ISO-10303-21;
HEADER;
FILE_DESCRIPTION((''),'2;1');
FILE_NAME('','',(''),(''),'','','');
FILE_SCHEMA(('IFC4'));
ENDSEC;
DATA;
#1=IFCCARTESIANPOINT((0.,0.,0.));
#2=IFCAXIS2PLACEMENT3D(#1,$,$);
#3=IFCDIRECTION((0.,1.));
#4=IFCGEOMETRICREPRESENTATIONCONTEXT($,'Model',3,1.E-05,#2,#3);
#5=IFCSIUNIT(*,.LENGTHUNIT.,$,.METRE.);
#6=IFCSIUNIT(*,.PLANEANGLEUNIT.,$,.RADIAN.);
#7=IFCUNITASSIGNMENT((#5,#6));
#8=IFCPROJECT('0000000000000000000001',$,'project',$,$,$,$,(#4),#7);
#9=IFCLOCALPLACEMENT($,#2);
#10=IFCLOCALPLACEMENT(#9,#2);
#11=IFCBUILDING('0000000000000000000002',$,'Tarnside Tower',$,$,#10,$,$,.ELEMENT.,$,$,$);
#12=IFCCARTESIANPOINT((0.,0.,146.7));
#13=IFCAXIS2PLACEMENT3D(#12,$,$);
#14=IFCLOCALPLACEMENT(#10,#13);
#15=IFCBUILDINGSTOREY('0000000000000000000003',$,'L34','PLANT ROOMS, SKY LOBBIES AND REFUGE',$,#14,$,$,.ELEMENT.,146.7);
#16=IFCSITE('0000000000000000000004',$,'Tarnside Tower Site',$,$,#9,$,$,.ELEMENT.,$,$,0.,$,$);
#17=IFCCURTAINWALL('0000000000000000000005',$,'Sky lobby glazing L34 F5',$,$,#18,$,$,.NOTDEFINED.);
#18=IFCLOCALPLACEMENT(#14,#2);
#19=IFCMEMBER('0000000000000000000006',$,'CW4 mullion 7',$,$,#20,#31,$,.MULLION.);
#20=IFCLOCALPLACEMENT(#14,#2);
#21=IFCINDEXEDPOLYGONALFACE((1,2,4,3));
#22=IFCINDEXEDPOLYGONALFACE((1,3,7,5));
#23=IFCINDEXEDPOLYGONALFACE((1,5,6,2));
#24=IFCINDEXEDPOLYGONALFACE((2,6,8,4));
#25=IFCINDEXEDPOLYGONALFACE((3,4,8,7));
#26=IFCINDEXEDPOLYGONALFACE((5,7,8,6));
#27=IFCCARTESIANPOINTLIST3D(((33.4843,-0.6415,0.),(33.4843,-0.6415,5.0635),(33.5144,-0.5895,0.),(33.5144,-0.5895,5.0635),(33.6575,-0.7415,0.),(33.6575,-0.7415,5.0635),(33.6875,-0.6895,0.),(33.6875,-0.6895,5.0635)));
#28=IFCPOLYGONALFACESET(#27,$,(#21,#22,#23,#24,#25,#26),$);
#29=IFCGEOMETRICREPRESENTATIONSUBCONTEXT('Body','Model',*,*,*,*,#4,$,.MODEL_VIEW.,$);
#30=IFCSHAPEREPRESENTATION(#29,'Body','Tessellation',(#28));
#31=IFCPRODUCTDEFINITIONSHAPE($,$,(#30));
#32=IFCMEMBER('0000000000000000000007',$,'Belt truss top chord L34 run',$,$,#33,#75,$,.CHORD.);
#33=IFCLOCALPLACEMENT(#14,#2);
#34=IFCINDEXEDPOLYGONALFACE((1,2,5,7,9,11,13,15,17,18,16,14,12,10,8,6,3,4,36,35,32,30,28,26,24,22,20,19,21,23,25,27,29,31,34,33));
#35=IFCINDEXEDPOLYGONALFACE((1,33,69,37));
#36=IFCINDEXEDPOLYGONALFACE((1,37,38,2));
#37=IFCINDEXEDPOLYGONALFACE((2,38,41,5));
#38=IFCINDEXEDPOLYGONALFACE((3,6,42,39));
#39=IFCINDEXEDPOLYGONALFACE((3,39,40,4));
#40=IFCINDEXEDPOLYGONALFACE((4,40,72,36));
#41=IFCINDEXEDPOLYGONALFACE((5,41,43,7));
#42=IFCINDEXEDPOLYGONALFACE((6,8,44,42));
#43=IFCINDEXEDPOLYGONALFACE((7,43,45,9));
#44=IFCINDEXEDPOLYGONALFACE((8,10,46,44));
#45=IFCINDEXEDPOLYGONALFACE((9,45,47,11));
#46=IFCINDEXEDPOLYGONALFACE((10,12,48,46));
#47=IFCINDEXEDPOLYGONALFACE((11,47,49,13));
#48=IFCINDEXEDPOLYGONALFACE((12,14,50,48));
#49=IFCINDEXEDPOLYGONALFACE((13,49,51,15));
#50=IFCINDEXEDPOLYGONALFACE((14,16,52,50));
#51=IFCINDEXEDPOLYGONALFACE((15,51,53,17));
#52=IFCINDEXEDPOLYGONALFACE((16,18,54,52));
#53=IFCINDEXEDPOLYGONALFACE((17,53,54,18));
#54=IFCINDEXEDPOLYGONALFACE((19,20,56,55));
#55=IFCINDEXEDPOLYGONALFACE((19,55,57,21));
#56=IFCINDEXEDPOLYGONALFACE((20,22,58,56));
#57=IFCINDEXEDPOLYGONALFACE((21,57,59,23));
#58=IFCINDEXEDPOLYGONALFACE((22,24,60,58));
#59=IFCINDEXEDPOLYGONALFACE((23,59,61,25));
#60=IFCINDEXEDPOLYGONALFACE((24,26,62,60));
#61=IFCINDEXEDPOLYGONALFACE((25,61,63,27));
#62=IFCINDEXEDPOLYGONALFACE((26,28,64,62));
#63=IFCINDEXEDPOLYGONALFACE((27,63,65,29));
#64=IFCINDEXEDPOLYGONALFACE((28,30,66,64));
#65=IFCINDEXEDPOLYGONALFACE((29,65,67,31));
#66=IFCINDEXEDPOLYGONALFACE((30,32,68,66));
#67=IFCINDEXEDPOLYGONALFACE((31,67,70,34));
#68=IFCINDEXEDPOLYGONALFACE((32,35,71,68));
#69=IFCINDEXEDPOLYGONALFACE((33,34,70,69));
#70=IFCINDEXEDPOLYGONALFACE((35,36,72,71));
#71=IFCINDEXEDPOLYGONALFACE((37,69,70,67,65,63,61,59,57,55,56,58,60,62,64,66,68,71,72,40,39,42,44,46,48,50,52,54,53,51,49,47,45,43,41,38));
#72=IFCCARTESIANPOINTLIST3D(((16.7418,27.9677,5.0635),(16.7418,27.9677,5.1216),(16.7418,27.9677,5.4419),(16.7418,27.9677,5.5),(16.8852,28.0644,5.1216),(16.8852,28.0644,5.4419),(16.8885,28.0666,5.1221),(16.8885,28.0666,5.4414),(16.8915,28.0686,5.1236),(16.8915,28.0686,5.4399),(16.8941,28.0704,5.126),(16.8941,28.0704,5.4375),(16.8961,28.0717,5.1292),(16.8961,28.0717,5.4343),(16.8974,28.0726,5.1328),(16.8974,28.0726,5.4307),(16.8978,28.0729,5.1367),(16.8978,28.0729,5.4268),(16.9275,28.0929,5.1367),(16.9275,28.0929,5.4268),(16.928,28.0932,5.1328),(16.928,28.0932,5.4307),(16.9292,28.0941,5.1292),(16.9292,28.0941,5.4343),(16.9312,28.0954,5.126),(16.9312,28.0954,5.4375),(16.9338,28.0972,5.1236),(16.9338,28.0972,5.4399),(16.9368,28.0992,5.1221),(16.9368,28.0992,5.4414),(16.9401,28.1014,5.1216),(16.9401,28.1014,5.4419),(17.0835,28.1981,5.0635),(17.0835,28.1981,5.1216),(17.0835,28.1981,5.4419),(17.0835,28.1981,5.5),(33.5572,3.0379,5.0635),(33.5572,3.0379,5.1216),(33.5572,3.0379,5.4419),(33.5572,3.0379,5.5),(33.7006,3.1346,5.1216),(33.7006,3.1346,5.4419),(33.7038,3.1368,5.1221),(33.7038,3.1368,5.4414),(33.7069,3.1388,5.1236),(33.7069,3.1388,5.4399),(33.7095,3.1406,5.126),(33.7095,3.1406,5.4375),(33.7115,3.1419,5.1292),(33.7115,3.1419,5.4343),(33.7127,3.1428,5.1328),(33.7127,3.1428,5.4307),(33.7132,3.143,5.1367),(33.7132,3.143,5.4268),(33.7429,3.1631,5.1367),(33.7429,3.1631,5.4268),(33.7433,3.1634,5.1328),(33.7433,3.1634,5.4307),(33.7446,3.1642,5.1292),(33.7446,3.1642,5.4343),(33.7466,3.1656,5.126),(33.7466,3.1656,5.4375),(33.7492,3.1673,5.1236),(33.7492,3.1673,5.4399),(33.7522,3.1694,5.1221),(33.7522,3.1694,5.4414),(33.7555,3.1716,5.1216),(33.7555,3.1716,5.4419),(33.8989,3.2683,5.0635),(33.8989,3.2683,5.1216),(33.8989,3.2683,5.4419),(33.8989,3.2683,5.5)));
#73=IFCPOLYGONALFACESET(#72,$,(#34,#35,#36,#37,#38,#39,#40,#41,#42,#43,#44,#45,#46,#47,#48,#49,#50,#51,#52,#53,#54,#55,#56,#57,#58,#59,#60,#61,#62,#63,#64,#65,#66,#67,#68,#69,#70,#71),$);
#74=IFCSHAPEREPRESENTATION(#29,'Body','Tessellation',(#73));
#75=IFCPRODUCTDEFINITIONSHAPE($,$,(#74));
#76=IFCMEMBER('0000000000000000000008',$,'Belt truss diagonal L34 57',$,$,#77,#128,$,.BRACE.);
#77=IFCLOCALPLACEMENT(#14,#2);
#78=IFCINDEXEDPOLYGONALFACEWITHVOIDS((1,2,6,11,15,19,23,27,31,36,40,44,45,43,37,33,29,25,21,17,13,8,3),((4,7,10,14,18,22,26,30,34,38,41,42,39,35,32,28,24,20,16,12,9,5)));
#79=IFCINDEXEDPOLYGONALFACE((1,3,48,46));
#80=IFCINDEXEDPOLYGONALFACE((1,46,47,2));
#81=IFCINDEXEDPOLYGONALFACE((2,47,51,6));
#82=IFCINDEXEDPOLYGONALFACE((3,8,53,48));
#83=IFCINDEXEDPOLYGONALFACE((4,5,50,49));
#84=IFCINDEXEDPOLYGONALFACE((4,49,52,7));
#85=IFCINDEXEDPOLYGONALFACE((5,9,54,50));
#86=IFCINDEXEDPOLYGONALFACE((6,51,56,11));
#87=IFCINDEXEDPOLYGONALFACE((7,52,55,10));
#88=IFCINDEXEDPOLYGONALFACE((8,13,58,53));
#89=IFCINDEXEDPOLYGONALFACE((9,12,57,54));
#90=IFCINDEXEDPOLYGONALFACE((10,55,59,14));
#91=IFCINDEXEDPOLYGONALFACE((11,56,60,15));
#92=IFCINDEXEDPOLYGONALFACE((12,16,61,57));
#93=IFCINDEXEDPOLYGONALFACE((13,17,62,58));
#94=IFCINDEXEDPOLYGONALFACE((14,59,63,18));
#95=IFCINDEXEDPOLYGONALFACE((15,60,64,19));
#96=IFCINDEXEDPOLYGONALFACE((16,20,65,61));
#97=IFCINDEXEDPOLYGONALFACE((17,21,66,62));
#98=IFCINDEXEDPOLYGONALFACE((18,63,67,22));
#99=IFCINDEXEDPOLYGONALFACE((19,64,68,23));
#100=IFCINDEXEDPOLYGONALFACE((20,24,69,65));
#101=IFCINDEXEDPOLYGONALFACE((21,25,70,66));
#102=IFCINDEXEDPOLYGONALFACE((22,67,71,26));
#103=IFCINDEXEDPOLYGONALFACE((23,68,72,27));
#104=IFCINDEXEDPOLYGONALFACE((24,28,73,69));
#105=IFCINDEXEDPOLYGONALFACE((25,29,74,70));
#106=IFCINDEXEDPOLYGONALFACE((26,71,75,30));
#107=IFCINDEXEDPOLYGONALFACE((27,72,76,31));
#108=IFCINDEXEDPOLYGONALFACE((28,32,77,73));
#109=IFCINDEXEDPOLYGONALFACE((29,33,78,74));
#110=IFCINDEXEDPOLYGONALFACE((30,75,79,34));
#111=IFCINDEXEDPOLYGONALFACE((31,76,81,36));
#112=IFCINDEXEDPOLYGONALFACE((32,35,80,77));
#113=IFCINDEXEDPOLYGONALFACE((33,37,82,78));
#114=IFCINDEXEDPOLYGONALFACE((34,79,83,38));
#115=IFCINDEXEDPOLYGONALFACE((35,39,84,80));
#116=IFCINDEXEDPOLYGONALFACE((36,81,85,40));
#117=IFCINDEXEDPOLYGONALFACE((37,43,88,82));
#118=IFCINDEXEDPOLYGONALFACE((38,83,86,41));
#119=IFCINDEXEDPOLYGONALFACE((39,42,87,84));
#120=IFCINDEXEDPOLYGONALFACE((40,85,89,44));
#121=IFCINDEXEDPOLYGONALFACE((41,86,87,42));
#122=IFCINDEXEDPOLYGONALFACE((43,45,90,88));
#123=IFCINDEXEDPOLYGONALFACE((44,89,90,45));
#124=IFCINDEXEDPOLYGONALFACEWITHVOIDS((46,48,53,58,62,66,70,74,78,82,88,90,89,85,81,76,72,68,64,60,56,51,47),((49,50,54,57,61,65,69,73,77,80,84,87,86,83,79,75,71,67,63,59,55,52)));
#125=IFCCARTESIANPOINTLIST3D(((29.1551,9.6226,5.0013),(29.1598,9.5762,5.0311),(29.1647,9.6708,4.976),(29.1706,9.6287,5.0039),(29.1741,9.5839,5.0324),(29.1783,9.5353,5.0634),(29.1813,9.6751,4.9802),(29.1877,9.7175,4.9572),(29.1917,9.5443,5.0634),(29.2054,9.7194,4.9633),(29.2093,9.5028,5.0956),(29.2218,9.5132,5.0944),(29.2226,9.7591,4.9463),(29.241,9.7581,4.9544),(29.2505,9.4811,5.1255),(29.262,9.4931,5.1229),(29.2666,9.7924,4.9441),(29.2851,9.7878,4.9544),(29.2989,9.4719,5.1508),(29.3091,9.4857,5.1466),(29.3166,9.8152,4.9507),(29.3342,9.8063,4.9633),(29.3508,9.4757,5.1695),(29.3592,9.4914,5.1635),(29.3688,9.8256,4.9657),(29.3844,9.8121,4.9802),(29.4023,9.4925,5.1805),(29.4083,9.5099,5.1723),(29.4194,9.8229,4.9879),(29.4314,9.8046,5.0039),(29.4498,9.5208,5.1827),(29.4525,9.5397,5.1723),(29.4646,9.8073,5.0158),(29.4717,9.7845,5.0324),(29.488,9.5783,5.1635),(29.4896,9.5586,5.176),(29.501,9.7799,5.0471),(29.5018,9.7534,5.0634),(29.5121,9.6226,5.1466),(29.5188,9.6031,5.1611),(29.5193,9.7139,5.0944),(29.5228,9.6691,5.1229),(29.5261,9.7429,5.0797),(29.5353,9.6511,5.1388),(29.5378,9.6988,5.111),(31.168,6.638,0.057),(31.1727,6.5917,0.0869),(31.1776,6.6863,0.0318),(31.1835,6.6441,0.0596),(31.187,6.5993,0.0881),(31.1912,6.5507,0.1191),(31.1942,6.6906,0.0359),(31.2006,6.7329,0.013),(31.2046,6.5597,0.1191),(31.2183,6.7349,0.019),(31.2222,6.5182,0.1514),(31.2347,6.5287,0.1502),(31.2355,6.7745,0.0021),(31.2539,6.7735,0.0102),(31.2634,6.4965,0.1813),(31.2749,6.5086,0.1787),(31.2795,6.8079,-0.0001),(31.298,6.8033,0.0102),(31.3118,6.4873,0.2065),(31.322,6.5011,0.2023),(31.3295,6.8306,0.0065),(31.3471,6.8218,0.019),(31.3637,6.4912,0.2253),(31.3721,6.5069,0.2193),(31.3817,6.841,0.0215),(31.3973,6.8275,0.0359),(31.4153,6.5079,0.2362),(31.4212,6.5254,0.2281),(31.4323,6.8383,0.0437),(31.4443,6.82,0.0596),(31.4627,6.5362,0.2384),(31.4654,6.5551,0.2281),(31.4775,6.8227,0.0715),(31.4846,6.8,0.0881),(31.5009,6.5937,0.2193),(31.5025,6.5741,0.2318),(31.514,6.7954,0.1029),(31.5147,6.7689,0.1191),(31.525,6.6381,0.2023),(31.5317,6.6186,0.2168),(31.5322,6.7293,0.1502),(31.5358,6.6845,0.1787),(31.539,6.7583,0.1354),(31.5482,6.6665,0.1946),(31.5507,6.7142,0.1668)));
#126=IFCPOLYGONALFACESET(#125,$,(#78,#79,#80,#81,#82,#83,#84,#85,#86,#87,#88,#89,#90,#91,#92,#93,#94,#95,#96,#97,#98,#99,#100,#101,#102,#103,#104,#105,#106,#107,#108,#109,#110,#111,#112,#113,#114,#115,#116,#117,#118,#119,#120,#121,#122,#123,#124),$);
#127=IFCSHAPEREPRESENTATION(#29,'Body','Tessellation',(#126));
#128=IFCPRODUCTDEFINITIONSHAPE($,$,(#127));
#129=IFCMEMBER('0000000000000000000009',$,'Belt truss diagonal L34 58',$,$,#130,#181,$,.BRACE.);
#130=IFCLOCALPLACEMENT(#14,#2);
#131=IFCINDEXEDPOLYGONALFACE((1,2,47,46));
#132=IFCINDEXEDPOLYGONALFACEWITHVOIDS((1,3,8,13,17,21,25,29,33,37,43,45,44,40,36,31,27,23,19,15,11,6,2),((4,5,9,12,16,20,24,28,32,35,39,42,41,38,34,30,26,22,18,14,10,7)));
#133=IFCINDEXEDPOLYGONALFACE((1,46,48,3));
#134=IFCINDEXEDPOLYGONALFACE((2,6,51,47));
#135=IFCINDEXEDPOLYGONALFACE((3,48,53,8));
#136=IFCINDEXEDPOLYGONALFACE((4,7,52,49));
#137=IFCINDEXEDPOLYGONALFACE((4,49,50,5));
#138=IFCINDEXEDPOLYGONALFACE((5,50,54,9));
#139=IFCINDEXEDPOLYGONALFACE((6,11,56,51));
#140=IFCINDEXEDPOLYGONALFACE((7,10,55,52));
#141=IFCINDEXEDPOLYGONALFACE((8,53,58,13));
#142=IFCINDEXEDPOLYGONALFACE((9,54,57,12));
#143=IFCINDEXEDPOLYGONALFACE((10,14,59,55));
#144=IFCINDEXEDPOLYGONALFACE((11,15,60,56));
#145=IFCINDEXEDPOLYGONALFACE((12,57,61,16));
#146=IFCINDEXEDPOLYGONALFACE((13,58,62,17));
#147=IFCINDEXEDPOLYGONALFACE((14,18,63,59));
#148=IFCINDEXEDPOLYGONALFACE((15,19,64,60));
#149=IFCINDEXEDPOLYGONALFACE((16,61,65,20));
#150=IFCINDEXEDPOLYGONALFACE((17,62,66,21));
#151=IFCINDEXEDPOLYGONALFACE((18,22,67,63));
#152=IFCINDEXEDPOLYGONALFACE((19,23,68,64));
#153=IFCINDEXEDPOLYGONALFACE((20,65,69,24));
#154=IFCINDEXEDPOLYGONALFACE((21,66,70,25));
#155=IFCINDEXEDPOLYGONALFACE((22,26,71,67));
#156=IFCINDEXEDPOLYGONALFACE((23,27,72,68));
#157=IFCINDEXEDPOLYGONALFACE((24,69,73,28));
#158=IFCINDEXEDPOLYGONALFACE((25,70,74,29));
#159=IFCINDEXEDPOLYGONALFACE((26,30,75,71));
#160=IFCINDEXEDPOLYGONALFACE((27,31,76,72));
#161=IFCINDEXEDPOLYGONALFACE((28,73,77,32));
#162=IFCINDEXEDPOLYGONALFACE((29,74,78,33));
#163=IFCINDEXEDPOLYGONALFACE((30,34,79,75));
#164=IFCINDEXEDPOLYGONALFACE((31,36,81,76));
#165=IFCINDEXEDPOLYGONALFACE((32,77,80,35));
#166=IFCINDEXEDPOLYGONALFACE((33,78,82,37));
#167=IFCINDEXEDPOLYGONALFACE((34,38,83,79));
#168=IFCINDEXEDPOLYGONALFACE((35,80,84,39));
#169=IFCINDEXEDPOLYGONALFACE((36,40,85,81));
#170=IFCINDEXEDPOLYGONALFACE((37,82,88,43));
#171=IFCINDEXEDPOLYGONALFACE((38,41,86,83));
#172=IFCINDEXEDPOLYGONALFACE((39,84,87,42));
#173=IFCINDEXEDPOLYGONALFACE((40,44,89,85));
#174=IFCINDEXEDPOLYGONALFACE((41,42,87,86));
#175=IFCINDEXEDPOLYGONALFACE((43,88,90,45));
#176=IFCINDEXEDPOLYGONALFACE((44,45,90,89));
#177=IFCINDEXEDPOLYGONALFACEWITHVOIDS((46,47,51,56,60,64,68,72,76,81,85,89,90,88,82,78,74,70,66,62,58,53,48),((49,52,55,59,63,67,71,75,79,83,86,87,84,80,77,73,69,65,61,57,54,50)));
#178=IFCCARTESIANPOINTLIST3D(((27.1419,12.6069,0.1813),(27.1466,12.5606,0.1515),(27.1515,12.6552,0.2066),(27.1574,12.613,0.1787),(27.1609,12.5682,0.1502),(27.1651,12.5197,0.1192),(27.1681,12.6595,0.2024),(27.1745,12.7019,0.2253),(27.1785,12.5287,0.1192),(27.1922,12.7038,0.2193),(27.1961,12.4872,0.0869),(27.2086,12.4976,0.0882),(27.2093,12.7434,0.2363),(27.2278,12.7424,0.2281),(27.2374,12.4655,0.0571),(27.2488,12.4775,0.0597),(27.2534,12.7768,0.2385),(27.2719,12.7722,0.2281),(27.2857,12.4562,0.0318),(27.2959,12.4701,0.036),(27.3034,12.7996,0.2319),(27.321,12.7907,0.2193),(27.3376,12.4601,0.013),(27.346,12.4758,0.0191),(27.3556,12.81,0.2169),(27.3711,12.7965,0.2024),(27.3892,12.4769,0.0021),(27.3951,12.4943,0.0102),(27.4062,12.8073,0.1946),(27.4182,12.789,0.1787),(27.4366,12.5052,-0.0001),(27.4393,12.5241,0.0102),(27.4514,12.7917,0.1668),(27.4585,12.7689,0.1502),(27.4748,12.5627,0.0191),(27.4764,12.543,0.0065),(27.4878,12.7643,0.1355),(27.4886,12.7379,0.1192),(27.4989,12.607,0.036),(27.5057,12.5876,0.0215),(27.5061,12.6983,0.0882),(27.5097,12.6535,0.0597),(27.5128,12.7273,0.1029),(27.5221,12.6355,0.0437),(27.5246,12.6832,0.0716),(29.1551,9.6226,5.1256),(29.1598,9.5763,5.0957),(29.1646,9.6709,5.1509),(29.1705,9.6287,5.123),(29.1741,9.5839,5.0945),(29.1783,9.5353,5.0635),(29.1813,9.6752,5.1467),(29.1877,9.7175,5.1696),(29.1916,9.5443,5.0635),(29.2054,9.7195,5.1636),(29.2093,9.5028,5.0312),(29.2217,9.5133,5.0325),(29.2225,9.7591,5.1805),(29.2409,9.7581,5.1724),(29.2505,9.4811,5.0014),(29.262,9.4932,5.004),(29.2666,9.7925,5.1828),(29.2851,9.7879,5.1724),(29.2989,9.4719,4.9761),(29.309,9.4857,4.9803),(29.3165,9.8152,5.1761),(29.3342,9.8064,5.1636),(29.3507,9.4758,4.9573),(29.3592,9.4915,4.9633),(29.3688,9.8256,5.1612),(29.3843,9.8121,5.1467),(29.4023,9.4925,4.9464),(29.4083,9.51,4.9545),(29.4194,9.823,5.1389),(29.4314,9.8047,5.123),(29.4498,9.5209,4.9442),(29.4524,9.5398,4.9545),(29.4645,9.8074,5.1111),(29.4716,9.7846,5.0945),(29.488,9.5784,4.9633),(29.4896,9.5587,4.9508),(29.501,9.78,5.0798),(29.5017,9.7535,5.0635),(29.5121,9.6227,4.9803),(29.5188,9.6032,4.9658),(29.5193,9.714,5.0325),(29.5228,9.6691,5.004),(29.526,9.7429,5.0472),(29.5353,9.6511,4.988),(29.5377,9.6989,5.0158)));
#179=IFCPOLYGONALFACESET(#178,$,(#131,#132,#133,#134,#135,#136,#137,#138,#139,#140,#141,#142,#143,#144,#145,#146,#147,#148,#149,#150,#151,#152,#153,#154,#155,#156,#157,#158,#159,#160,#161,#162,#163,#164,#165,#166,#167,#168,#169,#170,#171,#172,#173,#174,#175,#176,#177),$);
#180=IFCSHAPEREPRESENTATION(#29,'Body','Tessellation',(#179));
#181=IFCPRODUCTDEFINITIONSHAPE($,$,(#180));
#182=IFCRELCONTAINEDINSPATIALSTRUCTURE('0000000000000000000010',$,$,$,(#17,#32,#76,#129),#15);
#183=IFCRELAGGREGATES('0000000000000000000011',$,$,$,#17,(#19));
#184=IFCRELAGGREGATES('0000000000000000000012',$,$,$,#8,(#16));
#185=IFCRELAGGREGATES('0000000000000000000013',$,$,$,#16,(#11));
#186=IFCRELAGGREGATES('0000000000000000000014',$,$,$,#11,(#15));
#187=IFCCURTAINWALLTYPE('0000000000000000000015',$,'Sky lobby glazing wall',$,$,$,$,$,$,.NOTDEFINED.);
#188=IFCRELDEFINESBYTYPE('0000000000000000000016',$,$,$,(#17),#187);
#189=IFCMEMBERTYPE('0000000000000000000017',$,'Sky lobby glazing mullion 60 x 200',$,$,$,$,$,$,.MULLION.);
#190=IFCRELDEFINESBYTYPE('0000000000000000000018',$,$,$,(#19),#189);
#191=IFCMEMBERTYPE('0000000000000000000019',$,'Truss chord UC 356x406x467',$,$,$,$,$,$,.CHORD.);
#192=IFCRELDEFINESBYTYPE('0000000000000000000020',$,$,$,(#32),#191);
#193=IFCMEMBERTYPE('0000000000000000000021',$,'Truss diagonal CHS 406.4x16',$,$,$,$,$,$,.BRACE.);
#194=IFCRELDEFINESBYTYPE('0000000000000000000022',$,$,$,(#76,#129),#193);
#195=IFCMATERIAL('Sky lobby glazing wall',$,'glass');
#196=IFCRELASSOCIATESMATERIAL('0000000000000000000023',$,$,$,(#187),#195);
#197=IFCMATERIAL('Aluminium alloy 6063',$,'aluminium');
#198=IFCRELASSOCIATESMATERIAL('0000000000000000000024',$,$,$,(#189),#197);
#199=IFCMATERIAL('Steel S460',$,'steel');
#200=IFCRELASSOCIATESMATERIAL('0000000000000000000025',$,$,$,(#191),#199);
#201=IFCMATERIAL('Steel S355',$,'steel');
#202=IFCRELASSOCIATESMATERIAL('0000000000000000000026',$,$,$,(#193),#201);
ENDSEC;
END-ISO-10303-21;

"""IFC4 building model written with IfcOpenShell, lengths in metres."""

from ifc_helpers import new_model, si_unit, direction, frame, origin, origin_2d, place, context, subcontext, project, spatial, rectangle, hollow_circle, i_section, extrude, material, material_profile, profile_set, type_object, element, aggregate, save


model = new_model("IFC4")

# Units and contexts
model_context = context("Model", 3, precision=1e-05, world=origin(), true_north=direction((0.0, 1.0)))
body_context = subcontext(model_context, "Body", "Model", "MODEL_VIEW")
ifc_project = project(units=[si_unit("LENGTHUNIT", "METRE"), si_unit("PLANEANGLEUNIT", "RADIAN")], contexts=[model_context])

# Site, building, storey
site_placement = place(None, origin())
site = spatial("IfcSite", under=ifc_project, at=site_placement, Name="Tarnside Tower Site", CompositionType="ELEMENT", RefElevation=0.0)
building_placement = place(site_placement, origin())
building = spatial("IfcBuilding", under=site, at=building_placement, Name="Tarnside Tower", CompositionType="ELEMENT")
storey_placement = place(building_placement, frame((0.0, 0.0, 146.7)))
storey = spatial("IfcBuildingStorey", under=building, at=storey_placement, Name="L34", Description="PLANT ROOMS, SKY LOBBIES AND REFUGE", CompositionType="ELEMENT", Elevation=146.7)

# Shared definitions
ifc_material_1 = material(Name="Steel S355", Category="steel")

# Curtain wall, member
ifc_material_2 = material(Name="Sky lobby glazing wall", Category="glass")
curtain_wall_type = type_object("IfcCurtainWallType", Name="Sky lobby glazing wall", PredefinedType="NOTDEFINED", material=ifc_material_2)
curtain_wall_placement = place(storey_placement, origin())
curtain_wall = element("IfcCurtainWall", 1, at=curtain_wall_placement, inside=storey, type_object=curtain_wall_type, Name="Sky lobby glazing L34 F5", PredefinedType="NOTDEFINED")
ifc_material_3 = material(Name="Aluminium alloy 6063", Category="aluminium")
ifc_material_profile_1 = material_profile(ifc_material_3, rectangle(XDim=0.2, YDim=0.0601, at=origin_2d()), Name="Sky lobby glazing mullion 60 x 200")
ifc_profile_set_1 = profile_set([ifc_material_profile_1], Name="Aluminium alloy 6063")
member_type_1 = type_object("IfcMemberType", Name="Sky lobby glazing mullion 60 x 200", PredefinedType="MULLION", material=ifc_profile_set_1)
member_1_placement = place(storey_placement, frame((33.5859, -0.6655, 0.0), z_axis=(0.0, 0.0, 1.0), x_axis=(-0.866025, 0.5, 0.0)))
member_1 = element("IfcMember", 2, at=member_1_placement, type_object=member_type_1, Name="CW4 mullion 7", PredefinedType="MULLION", context=body_context, shape_type="SweptSolid", body=[
    extrude(rectangle(XDim=0.2, YDim=0.0601, at=origin_2d()), origin(), (0.0, 0.0, 1.0), 5.0635),
])
aggregate(curtain_wall, [member_1])

# Members
ifc_material_4 = material(Name="Steel S460", Category="steel")
ifc_material_profile_2 = material_profile(ifc_material_4, i_section(OverallWidth=0.4121, OverallDepth=0.4365, WebThickness=0.0359, FlangeThickness=0.0581, FilletRadius=0.0151, at=origin_2d()), Name="UC 356x406x467")
ifc_profile_set_2 = profile_set([ifc_material_profile_2], Name="Steel S460")
member_type_2 = type_object("IfcMemberType", Name="Truss chord UC 356x406x467", PredefinedType="CHORD", material=ifc_profile_set_2)
member_2_placement = place(storey_placement, frame((33.728, 3.1531, 5.2817), z_axis=(-0.559192, 0.829038, 0.0), x_axis=(-0.829038, -0.559192, 0.0)))
element("IfcMember", 3, at=member_2_placement, inside=storey, type_object=member_type_2, Name="Belt truss top chord L34 run", PredefinedType="CHORD", context=body_context, shape_type="SweptSolid", body=[
    extrude(i_section(OverallWidth=0.4121, OverallDepth=0.4365, WebThickness=0.0359, FlangeThickness=0.0581, FilletRadius=0.0151, at=origin_2d()), origin(), (0.0, 0.0, 1.0), 30.0708),
])
ifc_material_profile_3 = material_profile(ifc_material_1, hollow_circle(Radius=0.2031, WallThickness=0.0161, at=origin_2d()), Name="CHS 406.4x16")
ifc_profile_set_3 = profile_set([ifc_material_profile_3], Name="Steel S355")
member_type_3 = type_object("IfcMemberType", Name="Truss diagonal CHS 406.4x16", PredefinedType="BRACE", material=ifc_profile_set_3)
for number, where, z_axis, x_axis, name in (
    (4, (31.3596, 6.6643, 0.1191), (-0.329123, 0.487996, 0.808417), (-0.829065, -0.559153, 0.0), "Belt truss diagonal L34 57"),
    (5, (29.3467, 9.6489, 5.0635), (-0.329165, 0.487959, -0.808422), (-0.829012, -0.559231, 0.0), "Belt truss diagonal L34 58"),
):
    element("IfcMember", number, at=place(storey_placement, frame(where, z_axis=z_axis, x_axis=x_axis)), inside=storey, type_object=member_type_3, Name=name, PredefinedType="BRACE", context=body_context, shape_type="SweptSolid", body=[
        extrude(hollow_circle(Radius=0.2031, WallThickness=0.0161, at=origin_2d()), origin(), (0.0, 0.0, 1.0), 6.116),
    ])

save(model, "model.ifc")
